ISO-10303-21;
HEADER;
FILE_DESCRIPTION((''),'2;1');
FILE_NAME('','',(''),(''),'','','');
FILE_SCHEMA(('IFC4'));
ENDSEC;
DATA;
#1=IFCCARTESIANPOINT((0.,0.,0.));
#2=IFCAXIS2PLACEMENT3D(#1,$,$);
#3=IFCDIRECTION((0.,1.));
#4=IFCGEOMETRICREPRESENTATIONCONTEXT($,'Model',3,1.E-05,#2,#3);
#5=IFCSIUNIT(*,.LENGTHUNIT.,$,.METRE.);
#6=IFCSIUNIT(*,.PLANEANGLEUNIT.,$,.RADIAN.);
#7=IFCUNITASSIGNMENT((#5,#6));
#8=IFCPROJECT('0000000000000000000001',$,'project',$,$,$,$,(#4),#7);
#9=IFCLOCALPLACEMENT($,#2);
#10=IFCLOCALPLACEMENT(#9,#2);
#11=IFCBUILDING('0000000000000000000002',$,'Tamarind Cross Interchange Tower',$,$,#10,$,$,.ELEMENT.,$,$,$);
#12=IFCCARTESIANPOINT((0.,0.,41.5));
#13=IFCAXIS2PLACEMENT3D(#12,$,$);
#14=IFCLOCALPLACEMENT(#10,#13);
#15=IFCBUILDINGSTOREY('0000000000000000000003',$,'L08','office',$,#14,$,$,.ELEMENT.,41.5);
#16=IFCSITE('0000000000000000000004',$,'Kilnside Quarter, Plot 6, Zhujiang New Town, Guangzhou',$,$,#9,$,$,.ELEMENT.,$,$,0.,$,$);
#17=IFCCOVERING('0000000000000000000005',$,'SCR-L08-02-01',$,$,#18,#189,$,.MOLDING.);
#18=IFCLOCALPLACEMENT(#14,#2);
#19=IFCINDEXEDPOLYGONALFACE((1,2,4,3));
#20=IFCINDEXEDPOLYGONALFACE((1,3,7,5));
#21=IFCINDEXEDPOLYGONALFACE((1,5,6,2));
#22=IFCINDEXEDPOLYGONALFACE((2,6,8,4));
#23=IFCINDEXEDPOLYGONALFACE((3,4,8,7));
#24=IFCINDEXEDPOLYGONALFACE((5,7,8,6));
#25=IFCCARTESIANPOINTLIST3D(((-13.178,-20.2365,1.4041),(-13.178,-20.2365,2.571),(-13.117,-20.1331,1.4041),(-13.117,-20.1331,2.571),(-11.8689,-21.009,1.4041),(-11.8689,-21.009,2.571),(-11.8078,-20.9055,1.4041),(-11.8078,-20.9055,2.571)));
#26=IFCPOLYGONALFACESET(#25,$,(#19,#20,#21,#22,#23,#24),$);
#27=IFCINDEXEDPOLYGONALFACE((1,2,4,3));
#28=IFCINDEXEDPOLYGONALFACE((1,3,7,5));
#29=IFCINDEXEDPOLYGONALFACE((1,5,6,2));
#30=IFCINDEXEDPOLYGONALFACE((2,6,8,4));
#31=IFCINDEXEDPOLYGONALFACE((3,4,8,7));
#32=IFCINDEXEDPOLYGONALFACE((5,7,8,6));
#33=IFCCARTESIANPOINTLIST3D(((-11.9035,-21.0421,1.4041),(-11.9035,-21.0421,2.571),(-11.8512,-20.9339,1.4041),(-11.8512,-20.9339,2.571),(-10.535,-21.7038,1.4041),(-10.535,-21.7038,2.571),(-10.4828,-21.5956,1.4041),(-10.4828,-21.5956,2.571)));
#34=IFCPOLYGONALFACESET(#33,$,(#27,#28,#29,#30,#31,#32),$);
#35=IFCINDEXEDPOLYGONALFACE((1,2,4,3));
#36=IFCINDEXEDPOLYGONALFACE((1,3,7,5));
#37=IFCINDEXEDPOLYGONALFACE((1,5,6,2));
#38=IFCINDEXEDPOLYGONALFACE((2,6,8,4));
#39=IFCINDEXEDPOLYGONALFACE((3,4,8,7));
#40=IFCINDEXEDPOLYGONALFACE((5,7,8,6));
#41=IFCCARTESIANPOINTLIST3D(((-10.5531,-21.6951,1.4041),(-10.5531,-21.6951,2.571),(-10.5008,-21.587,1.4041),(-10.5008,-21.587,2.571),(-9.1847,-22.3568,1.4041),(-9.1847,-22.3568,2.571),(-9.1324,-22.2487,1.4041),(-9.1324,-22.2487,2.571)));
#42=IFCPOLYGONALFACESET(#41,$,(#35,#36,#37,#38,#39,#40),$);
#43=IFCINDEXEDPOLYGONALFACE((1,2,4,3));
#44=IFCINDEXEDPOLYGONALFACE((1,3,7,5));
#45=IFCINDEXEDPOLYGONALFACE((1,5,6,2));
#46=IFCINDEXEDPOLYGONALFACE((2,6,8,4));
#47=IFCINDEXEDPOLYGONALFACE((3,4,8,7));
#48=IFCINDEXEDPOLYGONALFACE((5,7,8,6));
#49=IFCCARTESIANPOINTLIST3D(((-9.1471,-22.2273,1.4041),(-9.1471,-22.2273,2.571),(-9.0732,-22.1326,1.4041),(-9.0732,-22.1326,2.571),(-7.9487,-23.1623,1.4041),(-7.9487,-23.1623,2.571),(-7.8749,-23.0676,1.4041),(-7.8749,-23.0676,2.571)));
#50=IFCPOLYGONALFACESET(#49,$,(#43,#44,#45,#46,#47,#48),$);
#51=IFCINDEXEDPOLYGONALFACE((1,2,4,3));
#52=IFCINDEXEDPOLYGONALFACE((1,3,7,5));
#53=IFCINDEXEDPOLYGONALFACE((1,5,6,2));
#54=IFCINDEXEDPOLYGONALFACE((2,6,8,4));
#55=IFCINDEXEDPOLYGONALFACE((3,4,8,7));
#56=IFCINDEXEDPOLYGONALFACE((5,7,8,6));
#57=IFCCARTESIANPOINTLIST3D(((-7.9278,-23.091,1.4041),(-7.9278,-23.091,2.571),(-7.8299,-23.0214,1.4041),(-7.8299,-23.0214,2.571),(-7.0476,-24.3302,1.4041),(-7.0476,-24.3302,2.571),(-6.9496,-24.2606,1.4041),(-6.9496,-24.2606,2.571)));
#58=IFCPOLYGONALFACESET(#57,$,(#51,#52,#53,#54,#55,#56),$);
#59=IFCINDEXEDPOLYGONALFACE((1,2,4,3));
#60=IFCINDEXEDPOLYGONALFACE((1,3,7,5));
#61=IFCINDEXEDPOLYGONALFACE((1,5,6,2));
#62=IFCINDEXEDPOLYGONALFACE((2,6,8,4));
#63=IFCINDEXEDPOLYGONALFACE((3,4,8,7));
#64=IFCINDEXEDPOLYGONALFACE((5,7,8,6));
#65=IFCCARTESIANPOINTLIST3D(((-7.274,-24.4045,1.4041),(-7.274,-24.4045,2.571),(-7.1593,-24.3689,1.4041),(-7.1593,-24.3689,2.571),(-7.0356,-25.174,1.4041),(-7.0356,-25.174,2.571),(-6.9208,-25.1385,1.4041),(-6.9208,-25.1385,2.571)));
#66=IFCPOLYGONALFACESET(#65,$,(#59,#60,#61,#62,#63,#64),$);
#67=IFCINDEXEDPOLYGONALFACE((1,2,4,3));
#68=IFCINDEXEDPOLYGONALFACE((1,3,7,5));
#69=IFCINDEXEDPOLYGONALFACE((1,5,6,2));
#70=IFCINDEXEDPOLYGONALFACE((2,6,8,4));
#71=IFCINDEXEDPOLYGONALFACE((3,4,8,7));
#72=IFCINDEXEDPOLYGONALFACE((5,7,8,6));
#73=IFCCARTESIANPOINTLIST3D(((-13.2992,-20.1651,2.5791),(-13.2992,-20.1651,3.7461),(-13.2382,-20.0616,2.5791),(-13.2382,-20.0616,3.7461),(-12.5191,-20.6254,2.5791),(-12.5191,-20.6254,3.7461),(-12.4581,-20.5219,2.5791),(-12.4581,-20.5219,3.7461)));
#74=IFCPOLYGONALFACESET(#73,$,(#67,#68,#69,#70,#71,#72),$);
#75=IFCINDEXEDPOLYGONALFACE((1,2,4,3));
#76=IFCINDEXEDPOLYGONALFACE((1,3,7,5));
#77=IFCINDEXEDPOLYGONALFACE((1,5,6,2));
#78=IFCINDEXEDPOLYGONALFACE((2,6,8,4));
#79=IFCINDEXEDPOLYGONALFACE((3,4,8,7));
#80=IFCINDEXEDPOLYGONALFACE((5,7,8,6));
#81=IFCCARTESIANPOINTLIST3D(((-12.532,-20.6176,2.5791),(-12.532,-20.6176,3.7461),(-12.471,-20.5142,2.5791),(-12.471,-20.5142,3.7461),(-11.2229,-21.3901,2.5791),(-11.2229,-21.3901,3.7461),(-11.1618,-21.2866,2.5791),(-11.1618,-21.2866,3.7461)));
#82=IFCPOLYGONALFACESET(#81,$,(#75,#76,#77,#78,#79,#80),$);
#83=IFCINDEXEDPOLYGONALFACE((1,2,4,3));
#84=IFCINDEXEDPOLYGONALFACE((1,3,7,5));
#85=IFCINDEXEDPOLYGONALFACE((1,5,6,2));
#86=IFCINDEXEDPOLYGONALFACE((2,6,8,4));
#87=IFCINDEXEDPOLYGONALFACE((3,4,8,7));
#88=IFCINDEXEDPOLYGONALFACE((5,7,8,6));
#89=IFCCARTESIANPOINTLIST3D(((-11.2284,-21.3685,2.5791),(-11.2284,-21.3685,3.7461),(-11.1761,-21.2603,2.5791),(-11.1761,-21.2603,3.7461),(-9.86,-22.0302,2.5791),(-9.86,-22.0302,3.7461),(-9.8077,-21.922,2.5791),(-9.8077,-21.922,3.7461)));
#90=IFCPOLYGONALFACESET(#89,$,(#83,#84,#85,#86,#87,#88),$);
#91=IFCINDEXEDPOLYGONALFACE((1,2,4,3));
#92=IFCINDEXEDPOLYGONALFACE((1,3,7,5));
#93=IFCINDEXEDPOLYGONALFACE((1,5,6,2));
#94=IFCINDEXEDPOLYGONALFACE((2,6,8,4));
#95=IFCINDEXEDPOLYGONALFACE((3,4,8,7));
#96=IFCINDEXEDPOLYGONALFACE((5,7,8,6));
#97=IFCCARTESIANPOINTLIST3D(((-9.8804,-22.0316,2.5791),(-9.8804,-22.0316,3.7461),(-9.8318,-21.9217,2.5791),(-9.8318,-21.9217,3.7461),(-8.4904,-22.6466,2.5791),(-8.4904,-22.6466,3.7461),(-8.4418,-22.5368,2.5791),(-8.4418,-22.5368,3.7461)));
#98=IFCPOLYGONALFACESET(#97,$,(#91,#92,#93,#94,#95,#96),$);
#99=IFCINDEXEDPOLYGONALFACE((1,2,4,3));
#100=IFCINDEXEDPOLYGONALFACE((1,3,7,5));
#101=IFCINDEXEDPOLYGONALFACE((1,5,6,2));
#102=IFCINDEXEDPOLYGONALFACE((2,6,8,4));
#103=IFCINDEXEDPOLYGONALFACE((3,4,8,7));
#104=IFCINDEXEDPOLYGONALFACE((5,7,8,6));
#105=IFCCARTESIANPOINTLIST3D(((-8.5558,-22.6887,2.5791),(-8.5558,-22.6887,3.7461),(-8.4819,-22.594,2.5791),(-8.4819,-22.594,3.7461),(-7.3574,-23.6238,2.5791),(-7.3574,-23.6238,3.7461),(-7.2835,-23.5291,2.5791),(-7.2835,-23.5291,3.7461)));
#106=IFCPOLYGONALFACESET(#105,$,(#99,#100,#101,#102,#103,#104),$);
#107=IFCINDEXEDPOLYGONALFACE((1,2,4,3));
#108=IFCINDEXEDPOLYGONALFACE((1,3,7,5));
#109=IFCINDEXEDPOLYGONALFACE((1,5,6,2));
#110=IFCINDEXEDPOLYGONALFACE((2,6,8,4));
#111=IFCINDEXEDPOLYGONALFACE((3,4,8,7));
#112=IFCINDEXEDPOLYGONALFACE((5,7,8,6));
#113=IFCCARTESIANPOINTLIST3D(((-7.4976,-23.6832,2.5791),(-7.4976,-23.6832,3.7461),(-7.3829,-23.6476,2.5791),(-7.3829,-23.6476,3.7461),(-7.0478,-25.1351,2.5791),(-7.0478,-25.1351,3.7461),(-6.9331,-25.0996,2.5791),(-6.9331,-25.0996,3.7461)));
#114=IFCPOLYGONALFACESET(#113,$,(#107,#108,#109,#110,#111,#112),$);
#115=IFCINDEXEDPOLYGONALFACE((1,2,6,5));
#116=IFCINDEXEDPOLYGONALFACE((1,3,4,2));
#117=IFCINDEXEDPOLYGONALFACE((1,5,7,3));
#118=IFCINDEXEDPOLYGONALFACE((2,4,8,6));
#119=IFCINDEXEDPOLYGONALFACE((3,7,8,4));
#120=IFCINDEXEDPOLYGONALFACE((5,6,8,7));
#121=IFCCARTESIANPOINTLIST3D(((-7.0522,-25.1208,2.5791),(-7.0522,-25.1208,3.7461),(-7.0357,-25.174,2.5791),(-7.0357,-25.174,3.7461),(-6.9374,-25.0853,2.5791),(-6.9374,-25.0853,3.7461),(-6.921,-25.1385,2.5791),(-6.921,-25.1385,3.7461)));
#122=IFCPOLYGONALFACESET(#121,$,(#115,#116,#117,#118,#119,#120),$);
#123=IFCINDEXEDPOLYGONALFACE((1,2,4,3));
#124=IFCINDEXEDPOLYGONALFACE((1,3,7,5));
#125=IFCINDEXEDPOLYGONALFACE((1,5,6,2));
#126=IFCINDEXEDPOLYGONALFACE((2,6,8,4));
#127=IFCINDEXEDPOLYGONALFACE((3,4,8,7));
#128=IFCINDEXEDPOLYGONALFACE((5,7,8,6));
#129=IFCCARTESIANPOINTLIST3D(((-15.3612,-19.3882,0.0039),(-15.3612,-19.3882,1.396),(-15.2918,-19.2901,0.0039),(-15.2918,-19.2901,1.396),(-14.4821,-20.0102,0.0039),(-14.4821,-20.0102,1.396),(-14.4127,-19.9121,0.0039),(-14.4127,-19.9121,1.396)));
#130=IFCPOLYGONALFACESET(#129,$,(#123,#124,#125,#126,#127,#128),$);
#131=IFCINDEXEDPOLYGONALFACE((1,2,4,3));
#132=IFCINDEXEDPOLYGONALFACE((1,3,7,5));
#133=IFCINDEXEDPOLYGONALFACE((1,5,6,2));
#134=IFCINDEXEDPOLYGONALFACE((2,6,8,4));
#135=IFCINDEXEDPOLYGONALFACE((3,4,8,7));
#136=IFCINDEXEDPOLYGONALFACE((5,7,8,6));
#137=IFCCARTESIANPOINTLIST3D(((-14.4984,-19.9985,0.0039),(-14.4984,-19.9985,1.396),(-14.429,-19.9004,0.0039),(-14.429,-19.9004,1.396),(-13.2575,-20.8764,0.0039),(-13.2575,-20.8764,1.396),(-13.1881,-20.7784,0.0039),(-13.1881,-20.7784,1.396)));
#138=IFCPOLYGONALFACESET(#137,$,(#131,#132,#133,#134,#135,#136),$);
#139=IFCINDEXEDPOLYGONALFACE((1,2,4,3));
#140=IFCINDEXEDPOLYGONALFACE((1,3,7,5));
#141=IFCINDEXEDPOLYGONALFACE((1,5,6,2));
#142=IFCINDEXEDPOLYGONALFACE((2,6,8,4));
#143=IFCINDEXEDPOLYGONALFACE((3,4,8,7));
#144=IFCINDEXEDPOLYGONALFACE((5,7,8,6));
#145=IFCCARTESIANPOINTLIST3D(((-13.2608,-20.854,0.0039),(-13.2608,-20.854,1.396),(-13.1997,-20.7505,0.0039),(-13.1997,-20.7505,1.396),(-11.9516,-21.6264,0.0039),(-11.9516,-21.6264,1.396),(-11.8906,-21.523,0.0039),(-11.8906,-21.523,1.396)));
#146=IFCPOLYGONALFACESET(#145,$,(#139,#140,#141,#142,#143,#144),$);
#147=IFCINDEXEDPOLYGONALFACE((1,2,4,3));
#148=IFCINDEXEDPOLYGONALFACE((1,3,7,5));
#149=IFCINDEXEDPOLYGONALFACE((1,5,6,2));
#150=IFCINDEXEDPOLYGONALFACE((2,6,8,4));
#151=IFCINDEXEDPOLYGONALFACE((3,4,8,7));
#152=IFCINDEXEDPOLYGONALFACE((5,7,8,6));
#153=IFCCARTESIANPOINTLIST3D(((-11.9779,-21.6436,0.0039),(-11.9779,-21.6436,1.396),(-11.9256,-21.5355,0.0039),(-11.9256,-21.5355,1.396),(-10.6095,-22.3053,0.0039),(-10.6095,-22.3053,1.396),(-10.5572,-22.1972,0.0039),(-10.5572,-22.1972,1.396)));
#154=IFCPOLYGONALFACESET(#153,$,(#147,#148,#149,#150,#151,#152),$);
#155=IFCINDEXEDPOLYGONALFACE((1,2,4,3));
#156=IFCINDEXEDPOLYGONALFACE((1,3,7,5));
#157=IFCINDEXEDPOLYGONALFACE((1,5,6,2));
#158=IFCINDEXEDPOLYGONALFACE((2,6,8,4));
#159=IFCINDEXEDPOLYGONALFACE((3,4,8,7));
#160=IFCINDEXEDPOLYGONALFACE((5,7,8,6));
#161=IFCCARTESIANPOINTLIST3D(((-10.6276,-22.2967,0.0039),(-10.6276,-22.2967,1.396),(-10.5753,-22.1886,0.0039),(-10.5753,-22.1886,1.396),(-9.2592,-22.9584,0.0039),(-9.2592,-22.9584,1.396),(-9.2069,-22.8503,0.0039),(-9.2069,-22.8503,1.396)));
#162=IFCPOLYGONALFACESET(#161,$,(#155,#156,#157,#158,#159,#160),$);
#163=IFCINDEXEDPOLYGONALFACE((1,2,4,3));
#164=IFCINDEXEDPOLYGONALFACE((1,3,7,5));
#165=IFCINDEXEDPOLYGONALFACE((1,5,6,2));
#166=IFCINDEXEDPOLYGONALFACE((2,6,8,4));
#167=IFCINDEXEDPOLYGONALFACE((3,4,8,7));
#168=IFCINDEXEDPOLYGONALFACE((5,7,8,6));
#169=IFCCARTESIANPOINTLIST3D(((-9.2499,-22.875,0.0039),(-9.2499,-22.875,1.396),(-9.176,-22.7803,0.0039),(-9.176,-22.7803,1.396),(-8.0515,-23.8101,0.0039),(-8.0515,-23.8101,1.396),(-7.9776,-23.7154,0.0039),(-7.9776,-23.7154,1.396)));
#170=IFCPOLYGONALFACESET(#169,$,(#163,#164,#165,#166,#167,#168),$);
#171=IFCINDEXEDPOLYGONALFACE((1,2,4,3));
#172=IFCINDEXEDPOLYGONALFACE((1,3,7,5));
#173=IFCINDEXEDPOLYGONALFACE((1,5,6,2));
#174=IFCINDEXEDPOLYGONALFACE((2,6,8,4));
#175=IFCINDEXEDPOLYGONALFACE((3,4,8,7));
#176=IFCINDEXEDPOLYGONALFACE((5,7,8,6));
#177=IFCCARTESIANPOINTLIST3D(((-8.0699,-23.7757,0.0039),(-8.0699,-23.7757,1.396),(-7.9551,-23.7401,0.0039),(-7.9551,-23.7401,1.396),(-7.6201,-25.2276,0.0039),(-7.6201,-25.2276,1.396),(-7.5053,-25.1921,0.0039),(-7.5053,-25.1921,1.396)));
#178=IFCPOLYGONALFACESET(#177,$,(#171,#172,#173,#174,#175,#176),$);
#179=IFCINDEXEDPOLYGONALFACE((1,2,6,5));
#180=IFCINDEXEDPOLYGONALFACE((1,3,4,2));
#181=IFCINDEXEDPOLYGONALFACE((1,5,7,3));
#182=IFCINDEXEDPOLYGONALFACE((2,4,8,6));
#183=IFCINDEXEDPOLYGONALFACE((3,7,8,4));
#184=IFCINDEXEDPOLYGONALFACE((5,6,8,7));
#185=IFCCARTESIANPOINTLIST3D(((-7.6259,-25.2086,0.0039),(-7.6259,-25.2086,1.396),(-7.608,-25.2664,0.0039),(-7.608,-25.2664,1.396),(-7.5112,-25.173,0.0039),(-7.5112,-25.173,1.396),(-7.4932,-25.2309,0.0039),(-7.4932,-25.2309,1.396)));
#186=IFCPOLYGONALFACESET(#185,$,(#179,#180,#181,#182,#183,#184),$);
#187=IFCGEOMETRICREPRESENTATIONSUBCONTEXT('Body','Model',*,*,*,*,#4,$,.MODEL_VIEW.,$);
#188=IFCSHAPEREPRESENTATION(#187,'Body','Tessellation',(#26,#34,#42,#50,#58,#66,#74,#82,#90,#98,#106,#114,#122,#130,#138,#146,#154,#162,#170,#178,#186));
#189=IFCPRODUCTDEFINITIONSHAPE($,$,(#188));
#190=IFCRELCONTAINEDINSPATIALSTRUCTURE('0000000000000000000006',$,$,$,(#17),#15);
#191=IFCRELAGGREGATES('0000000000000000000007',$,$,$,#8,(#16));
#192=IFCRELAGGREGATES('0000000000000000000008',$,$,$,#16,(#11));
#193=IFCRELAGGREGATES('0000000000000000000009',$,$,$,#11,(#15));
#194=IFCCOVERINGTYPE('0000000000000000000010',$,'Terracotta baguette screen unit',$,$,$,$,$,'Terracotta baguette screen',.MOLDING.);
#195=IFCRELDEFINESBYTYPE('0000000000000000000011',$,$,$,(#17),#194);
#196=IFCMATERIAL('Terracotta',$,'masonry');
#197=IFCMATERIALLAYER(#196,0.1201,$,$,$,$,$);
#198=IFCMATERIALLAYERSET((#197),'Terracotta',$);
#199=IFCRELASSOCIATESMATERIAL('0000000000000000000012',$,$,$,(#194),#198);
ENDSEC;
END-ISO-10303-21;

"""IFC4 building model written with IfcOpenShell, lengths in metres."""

from ifc_helpers import new_model, si_unit, direction, frame, origin, origin_2d, place, context, subcontext, project, spatial, rectangle, extrude, material, layer, layer_set, type_object, element, save


model = new_model("IFC4")

# Units and contexts
model_context = context("Model", 3, precision=1e-05, world=origin(), true_north=direction((0.0, 1.0)))
body_context = subcontext(model_context, "Body", "Model", "MODEL_VIEW")
ifc_project = project(units=[si_unit("LENGTHUNIT", "METRE"), si_unit("PLANEANGLEUNIT", "RADIAN")], contexts=[model_context])

# Site, building, storey
site_placement = place(None, origin())
site = spatial("IfcSite", under=ifc_project, at=site_placement, Name="Kilnside Quarter, Plot 6, Zhujiang New Town, Guangzhou", CompositionType="ELEMENT", RefElevation=0.0)
building_placement = place(site_placement, origin())
building = spatial("IfcBuilding", under=site, at=building_placement, Name="Tamarind Cross Interchange Tower", CompositionType="ELEMENT")
storey_placement = place(building_placement, frame((0.0, 0.0, 41.5)))
storey = spatial("IfcBuildingStorey", under=building, at=storey_placement, Name="L08", Description="office", CompositionType="ELEMENT", Elevation=41.5)

# Covering
ifc_material_1 = material(Name="Terracotta", Category="masonry")
ifc_layer_1 = layer(ifc_material_1, 0.1201)
ifc_layer_set_1 = layer_set([ifc_layer_1], Name="Terracotta")
covering_type = type_object("IfcCoveringType", Name="Terracotta baguette screen unit", ElementType="Terracotta baguette screen", PredefinedType="MOLDING", material=ifc_layer_set_1)
covering_1_placement = place(storey_placement, origin())
element("IfcCovering", 1, at=covering_1_placement, inside=storey, type_object=covering_type, Name="SCR-L08-02-01", PredefinedType="MOLDING", context=body_context, shape_type="SweptSolid", body=[
    extrude(rectangle(XDim=1.52, YDim=0.1201, at=origin_2d()), frame((-12.4929, -20.571, 1.4041), z_axis=(0.0, 0.0, 1.0), x_axis=(0.861249, -0.508183, 0.0)), (0.0, 0.0, 1.0), 1.167),
    extrude(rectangle(XDim=1.52, YDim=0.1201, at=origin_2d()), frame((-11.1931, -21.3188, 1.4041), z_axis=(0.0, 0.0, 1.0), x_axis=(0.900273, -0.435326, 0.0)), (0.0, 0.0, 1.0), 1.167),
    extrude(rectangle(XDim=1.52, YDim=0.1201, at=origin_2d()), frame((-9.8428, -21.9719, 1.4041), z_axis=(0.0, 0.0, 1.0), x_axis=(0.900273, -0.435326, 0.0)), (0.0, 0.0, 1.0), 1.167),
    extrude(rectangle(XDim=1.52, YDim=0.1201, at=origin_2d()), frame((-8.511, -22.6475, 1.4041), z_axis=(0.0, 0.0, 1.0), x_axis=(0.788393, -0.615172, 0.0)), (0.0, 0.0, 1.0), 1.167),
    extrude(rectangle(XDim=1.52, YDim=0.1201, at=origin_2d()), frame((-7.4387, -23.6758, 1.4041), z_axis=(0.0, 0.0, 1.0), x_axis=(0.579095, -0.81526, 0.0)), (0.0, 0.0, 1.0), 1.167),
    extrude(rectangle(XDim=0.8057, YDim=0.1201, at=origin_2d()), frame((-7.0974, -24.7715, 1.4041), z_axis=(0.0, 0.0, 1.0), x_axis=(0.295922, -0.955212, 0.0)), (0.0, 0.0, 1.0), 1.167),
    extrude(rectangle(XDim=0.9058, YDim=0.1201, at=origin_2d()), frame((-12.8787, -20.3435, 2.5791), z_axis=(0.0, 0.0, 1.0), x_axis=(0.861249, -0.508183, 0.0)), (0.0, 0.0, 1.0), 1.167),
    extrude(rectangle(XDim=1.52, YDim=0.1201, at=origin_2d()), frame((-11.8469, -20.9521, 2.5791), z_axis=(0.0, 0.0, 1.0), x_axis=(0.861249, -0.508183, 0.0)), (0.0, 0.0, 1.0), 1.167),
    extrude(rectangle(XDim=1.52, YDim=0.1201, at=origin_2d()), frame((-10.5181, -21.6453, 2.5791), z_axis=(0.0, 0.0, 1.0), x_axis=(0.900273, -0.435326, 0.0)), (0.0, 0.0, 1.0), 1.167),
    extrude(rectangle(XDim=1.52, YDim=0.1201, at=origin_2d()), frame((-9.1611, -22.2842, 2.5791), z_axis=(0.0, 0.0, 1.0), x_axis=(0.914476, -0.40464, 0.0)), (0.0, 0.0, 1.0), 1.167),
    extrude(rectangle(XDim=1.52, YDim=0.1201, at=origin_2d()), frame((-7.9197, -23.1089, 2.5791), z_axis=(0.0, 0.0, 1.0), x_axis=(0.788393, -0.615172, 0.0)), (0.0, 0.0, 1.0), 1.167),
    extrude(rectangle(XDim=1.52, YDim=0.1201, at=origin_2d()), frame((-7.2153, -24.3914, 2.5791), z_axis=(0.0, 0.0, 1.0), x_axis=(0.295922, -0.955212, 0.0)), (0.0, 0.0, 1.0), 1.167),
    extrude(rectangle(XDim=0.0557, YDim=0.1201, at=origin_2d()), frame((-6.9866, -25.1296, 2.5791), z_axis=(0.0, 0.0, 1.0), x_axis=(0.295922, -0.955212, 0.0)), (0.0, 0.0, 1.0), 1.167),
    extrude(rectangle(XDim=1.0769, YDim=0.1201, at=origin_2d()), frame((-14.887, -19.6501, 0.0039), z_axis=(0.0, 0.0, 1.0), x_axis=(0.816342, -0.577569, 0.0)), (0.0, 0.0, 1.0), 1.3921),
    extrude(rectangle(XDim=1.52, YDim=0.1201, at=origin_2d()), frame((-13.8433, -20.3884, 0.0039), z_axis=(0.0, 0.0, 1.0), x_axis=(0.816342, -0.577569, 0.0)), (0.0, 0.0, 1.0), 1.3921),
    extrude(rectangle(XDim=1.52, YDim=0.1201, at=origin_2d()), frame((-12.5757, -21.1885, 0.0039), z_axis=(0.0, 0.0, 1.0), x_axis=(0.861249, -0.508183, 0.0)), (0.0, 0.0, 1.0), 1.3921),
    extrude(rectangle(XDim=1.52, YDim=0.1201, at=origin_2d()), frame((-11.2676, -21.9204, 0.0039), z_axis=(0.0, 0.0, 1.0), x_axis=(0.900273, -0.435326, 0.0)), (0.0, 0.0, 1.0), 1.3921),
    extrude(rectangle(XDim=1.52, YDim=0.1201, at=origin_2d()), frame((-9.9172, -22.5735, 0.0039), z_axis=(0.0, 0.0, 1.0), x_axis=(0.900273, -0.435326, 0.0)), (0.0, 0.0, 1.0), 1.3921),
    extrude(rectangle(XDim=1.52, YDim=0.1201, at=origin_2d()), frame((-8.6138, -23.2952, 0.0039), z_axis=(0.0, 0.0, 1.0), x_axis=(0.788393, -0.615172, 0.0)), (0.0, 0.0, 1.0), 1.3921),
    extrude(rectangle(XDim=1.52, YDim=0.1201, at=origin_2d()), frame((-7.7876, -24.4839, 0.0039), z_axis=(0.0, 0.0, 1.0), x_axis=(0.295922, -0.955212, 0.0)), (0.0, 0.0, 1.0), 1.3921),
    extrude(rectangle(XDim=0.0605, YDim=0.1201, at=origin_2d()), frame((-7.5596, -25.2197, 0.0039), z_axis=(0.0, 0.0, 1.0), x_axis=(0.295922, -0.955212, 0.0)), (0.0, 0.0, 1.0), 1.3921),
])

save(model, "model.ifc")
